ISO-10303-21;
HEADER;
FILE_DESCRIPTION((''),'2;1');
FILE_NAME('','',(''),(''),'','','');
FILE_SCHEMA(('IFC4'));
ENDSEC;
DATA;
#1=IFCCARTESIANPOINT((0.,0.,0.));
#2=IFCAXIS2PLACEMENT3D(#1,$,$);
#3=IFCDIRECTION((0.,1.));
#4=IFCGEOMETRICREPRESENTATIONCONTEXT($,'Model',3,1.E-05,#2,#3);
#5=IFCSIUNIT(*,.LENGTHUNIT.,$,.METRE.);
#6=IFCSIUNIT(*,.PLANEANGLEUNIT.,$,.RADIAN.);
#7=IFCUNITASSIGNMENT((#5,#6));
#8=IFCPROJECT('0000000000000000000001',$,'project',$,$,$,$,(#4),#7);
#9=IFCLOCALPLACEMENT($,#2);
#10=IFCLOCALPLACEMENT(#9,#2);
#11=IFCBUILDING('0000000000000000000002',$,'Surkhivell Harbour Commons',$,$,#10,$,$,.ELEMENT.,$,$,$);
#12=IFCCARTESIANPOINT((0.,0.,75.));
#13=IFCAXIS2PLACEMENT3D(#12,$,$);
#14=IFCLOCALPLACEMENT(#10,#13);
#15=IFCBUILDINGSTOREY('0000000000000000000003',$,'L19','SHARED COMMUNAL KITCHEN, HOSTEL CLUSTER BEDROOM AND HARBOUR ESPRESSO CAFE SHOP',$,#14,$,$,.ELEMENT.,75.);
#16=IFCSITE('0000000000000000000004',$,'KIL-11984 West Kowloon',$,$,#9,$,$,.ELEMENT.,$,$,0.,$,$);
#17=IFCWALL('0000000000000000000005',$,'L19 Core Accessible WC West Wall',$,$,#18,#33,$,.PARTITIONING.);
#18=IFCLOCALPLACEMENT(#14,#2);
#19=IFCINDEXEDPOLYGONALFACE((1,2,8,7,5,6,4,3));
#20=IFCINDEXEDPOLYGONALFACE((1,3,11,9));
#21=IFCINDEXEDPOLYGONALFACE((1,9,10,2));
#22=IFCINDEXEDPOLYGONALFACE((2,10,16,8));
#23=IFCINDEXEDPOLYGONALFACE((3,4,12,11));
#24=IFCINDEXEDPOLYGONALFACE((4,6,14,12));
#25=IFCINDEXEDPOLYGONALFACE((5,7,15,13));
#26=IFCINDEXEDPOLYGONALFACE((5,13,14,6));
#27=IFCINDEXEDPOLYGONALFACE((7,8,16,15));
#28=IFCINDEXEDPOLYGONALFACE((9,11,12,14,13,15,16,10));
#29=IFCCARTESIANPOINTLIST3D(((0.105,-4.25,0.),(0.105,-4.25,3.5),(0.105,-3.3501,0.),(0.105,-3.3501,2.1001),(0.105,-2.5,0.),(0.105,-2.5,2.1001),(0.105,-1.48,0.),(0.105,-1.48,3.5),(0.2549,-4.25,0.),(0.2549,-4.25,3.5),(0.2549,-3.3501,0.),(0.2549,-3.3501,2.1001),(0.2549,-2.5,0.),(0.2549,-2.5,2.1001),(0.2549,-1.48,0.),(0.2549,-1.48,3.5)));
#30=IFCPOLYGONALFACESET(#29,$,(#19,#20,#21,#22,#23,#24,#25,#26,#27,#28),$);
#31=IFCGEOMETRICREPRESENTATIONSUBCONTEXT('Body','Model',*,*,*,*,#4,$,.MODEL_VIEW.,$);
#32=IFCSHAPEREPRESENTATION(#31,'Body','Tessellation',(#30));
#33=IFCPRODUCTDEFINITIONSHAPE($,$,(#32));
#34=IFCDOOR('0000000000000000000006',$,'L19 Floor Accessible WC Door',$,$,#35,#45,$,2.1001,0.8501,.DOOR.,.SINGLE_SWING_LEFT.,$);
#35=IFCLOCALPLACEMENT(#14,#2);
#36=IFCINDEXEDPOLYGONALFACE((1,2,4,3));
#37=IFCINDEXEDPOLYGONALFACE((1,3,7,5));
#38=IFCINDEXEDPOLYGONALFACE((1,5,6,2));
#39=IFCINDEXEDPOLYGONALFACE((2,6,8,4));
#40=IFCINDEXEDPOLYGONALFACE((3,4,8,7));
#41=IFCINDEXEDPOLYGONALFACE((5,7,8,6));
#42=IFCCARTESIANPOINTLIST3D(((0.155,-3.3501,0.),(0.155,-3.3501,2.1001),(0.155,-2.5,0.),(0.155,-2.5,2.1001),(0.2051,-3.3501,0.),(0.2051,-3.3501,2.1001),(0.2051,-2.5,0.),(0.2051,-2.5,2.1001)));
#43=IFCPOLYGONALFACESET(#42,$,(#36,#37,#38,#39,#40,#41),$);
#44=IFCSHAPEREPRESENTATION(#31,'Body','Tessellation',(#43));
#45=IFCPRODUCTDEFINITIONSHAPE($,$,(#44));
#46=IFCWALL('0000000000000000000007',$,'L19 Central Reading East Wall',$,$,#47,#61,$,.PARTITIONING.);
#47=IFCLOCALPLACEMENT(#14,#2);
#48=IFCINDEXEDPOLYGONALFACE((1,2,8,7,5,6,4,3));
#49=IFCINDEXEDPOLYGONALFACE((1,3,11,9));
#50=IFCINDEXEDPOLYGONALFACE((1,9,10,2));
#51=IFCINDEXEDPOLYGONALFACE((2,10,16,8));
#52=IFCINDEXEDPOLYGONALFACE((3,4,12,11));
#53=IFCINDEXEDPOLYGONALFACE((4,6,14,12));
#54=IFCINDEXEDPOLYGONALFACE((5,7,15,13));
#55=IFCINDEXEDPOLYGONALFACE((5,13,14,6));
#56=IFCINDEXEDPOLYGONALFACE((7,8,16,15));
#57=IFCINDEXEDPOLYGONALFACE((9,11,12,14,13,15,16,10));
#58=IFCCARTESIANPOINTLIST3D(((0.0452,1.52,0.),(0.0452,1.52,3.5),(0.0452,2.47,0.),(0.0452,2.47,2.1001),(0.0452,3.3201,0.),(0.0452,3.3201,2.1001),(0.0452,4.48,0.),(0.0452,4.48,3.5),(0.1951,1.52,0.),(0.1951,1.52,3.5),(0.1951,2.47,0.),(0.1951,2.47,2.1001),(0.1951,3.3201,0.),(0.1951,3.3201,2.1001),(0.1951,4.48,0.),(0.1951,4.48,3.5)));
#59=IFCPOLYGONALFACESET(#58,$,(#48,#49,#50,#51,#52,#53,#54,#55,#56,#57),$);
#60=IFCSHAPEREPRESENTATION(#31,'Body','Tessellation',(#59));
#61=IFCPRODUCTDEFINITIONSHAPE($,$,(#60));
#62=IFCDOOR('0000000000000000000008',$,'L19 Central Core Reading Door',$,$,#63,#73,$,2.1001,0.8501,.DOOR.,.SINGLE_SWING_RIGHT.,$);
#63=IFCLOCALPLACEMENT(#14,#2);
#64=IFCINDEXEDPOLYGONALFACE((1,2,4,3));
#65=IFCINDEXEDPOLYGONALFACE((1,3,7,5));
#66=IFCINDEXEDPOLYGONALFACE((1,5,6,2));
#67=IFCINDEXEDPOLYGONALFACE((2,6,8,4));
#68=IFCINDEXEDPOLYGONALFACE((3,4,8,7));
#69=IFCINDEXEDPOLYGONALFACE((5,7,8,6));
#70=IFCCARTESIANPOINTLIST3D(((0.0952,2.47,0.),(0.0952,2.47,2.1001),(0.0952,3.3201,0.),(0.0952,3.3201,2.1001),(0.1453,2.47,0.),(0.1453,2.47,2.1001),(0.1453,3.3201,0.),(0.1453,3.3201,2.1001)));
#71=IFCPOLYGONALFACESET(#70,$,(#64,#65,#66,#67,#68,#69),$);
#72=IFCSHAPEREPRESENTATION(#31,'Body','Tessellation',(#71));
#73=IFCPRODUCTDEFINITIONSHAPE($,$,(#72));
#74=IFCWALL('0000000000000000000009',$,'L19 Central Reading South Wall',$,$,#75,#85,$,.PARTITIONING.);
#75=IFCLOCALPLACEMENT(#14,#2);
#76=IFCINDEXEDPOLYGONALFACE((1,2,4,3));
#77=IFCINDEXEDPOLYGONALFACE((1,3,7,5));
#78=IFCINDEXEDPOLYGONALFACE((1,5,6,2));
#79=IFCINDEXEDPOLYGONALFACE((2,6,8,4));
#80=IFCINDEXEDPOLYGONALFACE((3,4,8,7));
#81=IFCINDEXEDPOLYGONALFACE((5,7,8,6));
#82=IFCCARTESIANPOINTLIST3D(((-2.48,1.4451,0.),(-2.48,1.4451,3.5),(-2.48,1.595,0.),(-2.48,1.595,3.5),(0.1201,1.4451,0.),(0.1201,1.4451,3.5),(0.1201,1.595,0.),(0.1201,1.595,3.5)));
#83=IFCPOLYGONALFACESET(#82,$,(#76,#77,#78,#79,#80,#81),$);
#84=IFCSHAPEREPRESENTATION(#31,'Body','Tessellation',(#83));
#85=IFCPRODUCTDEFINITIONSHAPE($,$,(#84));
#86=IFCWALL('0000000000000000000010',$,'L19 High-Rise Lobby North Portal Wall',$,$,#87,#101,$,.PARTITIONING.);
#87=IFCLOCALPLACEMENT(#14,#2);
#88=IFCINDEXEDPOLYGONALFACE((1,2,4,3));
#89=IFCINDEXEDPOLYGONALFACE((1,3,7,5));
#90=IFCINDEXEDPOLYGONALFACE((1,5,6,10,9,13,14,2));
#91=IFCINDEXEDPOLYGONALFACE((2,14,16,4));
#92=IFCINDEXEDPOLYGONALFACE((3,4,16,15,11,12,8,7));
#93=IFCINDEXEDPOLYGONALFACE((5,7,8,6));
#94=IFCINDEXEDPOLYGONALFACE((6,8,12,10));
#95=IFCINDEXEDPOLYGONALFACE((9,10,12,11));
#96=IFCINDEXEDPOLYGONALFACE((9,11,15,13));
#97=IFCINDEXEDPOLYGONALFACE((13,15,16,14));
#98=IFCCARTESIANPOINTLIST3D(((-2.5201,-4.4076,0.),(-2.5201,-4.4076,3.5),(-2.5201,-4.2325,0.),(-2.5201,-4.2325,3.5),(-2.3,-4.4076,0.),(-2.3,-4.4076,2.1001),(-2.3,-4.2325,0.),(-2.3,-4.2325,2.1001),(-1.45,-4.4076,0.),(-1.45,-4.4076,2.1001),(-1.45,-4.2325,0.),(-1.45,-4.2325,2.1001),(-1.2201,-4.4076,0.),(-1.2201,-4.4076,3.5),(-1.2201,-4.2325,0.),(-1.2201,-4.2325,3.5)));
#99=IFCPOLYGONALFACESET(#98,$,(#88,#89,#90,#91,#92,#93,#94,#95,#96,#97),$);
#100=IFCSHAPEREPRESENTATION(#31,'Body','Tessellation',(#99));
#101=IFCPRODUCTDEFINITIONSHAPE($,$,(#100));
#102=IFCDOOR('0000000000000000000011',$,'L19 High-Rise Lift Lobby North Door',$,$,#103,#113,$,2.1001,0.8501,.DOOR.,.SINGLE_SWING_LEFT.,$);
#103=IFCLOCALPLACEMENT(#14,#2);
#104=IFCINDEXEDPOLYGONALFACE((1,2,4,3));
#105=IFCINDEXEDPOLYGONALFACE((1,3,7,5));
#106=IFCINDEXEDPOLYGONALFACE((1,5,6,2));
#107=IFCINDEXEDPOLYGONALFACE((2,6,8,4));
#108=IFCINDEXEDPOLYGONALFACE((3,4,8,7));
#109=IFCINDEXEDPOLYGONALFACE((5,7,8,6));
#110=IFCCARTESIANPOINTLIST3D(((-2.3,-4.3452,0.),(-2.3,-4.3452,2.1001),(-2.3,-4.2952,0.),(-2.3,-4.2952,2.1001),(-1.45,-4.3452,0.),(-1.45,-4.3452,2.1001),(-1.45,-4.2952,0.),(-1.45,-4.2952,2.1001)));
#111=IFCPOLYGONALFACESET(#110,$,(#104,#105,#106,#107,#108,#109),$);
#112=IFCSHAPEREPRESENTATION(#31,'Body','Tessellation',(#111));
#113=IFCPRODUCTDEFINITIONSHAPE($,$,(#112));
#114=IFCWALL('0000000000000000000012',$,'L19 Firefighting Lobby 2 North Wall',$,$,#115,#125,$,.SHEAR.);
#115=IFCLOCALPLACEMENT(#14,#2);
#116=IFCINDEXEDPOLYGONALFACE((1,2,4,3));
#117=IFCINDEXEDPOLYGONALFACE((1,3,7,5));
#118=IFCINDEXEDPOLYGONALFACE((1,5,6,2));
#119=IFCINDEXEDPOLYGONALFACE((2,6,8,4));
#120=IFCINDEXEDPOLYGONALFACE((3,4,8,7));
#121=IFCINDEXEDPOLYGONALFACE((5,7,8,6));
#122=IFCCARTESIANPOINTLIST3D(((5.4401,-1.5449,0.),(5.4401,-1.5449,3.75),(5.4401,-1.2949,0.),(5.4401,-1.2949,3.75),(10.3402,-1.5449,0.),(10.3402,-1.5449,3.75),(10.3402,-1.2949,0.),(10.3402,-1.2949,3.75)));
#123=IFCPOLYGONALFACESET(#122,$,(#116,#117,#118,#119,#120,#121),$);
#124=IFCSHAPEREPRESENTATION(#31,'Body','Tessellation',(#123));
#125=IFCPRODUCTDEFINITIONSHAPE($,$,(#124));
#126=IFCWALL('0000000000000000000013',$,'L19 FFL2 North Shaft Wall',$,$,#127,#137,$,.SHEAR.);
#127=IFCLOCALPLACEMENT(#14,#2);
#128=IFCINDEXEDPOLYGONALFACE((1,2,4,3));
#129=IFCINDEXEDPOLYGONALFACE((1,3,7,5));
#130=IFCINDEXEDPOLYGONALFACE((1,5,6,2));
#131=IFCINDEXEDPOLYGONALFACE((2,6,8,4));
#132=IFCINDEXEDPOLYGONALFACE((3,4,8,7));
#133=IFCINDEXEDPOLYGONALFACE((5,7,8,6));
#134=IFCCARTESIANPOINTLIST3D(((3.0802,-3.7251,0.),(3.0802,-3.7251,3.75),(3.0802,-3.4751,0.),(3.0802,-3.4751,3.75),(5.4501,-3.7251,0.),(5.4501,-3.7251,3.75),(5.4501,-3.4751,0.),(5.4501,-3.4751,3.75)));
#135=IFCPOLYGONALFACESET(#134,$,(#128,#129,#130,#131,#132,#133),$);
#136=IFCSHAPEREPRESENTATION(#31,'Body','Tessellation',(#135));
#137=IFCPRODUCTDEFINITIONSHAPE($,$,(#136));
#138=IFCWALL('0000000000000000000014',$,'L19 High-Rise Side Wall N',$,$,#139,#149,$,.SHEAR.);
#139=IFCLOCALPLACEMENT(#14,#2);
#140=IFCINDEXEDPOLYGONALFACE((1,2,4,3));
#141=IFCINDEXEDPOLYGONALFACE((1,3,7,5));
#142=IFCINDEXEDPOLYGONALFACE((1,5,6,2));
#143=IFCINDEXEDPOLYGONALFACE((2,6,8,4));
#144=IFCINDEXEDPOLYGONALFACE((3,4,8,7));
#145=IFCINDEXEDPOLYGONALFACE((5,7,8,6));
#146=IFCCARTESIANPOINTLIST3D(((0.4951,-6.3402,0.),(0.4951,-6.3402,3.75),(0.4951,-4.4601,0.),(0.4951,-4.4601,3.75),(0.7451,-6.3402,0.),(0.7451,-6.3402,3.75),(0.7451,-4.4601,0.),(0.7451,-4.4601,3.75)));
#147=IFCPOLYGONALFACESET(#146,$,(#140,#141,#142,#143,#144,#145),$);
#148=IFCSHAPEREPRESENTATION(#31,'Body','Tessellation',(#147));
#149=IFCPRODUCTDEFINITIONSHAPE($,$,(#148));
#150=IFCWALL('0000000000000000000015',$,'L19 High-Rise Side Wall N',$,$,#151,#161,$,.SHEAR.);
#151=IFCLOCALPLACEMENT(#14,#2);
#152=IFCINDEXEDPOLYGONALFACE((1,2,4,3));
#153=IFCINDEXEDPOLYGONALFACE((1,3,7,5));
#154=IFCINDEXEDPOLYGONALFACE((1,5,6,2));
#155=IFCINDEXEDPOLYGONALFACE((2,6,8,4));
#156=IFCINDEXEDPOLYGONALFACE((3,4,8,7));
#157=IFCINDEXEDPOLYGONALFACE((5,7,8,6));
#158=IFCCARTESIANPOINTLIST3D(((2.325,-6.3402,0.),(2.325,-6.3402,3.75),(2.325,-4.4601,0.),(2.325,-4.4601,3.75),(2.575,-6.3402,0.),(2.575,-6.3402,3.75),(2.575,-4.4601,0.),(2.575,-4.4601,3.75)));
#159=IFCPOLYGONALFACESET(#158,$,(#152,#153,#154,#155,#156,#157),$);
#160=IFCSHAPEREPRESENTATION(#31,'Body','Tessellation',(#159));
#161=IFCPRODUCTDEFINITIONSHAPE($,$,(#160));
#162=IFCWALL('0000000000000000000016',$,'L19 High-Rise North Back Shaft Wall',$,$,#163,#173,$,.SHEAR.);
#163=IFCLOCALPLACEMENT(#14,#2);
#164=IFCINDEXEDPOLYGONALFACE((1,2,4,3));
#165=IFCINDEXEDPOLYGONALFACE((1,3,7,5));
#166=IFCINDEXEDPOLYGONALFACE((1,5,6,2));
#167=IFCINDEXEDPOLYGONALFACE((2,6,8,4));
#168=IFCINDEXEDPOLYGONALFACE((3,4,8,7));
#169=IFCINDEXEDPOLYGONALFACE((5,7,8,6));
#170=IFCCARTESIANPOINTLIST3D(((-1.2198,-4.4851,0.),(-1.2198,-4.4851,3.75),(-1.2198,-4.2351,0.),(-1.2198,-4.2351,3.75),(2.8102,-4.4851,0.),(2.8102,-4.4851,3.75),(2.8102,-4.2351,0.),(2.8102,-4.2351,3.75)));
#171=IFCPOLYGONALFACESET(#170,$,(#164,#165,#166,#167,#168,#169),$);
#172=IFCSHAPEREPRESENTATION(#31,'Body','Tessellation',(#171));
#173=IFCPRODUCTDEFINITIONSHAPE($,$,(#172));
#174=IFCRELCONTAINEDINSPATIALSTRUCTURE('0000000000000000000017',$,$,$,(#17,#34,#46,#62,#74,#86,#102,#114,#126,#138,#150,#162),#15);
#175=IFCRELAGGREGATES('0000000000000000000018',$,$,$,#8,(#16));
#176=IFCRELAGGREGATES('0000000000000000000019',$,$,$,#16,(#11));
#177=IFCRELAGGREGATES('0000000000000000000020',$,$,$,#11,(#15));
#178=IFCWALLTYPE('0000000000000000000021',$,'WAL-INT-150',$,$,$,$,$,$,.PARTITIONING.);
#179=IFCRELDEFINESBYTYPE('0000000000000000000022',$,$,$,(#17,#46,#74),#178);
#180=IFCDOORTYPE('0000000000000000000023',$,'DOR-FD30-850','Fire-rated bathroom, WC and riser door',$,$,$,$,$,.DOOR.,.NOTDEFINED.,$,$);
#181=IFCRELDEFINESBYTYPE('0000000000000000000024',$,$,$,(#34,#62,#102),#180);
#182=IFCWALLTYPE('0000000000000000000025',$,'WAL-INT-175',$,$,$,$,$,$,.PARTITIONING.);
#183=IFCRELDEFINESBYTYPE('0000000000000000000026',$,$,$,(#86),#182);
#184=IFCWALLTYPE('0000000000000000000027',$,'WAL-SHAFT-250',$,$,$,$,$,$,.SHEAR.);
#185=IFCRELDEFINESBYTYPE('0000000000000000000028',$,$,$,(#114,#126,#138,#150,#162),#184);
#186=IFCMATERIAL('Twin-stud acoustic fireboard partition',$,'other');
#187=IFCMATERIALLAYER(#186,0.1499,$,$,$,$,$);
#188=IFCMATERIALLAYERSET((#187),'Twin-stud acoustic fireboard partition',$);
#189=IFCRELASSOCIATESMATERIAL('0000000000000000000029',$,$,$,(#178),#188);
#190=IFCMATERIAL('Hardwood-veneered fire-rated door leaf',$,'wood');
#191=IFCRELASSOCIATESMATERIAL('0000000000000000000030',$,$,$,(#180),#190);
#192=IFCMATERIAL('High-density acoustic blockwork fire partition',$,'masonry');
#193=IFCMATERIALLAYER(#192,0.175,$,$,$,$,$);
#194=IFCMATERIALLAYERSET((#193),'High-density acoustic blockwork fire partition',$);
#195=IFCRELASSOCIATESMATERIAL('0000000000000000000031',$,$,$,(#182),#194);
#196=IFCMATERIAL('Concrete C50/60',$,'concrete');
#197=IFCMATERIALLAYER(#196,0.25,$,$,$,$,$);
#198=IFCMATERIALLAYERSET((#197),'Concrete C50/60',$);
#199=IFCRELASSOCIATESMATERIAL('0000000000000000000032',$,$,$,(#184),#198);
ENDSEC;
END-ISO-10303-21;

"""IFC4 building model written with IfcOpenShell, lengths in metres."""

from ifc_helpers import new_model, si_unit, direction, frame, frame_2d, origin, place, context, subcontext, project, spatial, rectangle, extrude, material, layer, layer_set, type_object, element, fill, save


model = new_model("IFC4")

# Units and contexts
model_context = context("Model", 3, precision=1e-05, world=origin(), true_north=direction((0.0, 1.0)))
body_context = subcontext(model_context, "Body", "Model", "MODEL_VIEW")
ifc_project = project(units=[si_unit("LENGTHUNIT", "METRE"), si_unit("PLANEANGLEUNIT", "RADIAN")], contexts=[model_context])

# Site, building, storey
site_placement = place(None, origin())
site = spatial("IfcSite", under=ifc_project, at=site_placement, Name="KIL-11984 West Kowloon", CompositionType="ELEMENT", RefElevation=0.0)
building_placement = place(site_placement, origin())
building = spatial("IfcBuilding", under=site, at=building_placement, Name="Surkhivell Harbour Commons", CompositionType="ELEMENT")
storey_placement = place(building_placement, frame((0.0, 0.0, 75.0)))
storey = spatial("IfcBuildingStorey", under=building, at=storey_placement, Name="L19", Description="SHARED COMMUNAL KITCHEN, HOSTEL CLUSTER BEDROOM AND HARBOUR ESPRESSO CAFE SHOP", CompositionType="ELEMENT", Elevation=75.0)

# Shared definitions
ifc_material_1 = material(Name="Twin-stud acoustic fireboard partition", Category="other")
ifc_layer_1 = layer(ifc_material_1, 0.1499)
ifc_layer_set_1 = layer_set([ifc_layer_1], Name="Twin-stud acoustic fireboard partition")
wall_type_1 = type_object("IfcWallType", Name="WAL-INT-150", PredefinedType="PARTITIONING", material=ifc_layer_set_1)

# Walls, openings, doors
wall_1_placement = place(storey_placement, frame((0.1799, -4.25, 0.0), z_axis=(0.0, 0.0, 1.0), x_axis=(0.0, 1.0, 0.0)))
wall_1 = element("IfcWall", 1, at=wall_1_placement, inside=storey, type_object=wall_type_1, Name="L19 Core Accessible WC West Wall", PredefinedType="PARTITIONING", context=body_context, shape_type="SweptSolid", body=[
    extrude(rectangle(XDim=2.77, YDim=0.1499, at=frame_2d((1.385, 0.0))), origin(), (0.0, 0.0, 1.0), 3.5),
])
opening_1_placement = place(wall_1_placement, frame((0.8999, 0.0, 0.0)))
opening_1 = element("IfcOpeningElement", 2, at=opening_1_placement, cuts=wall_1, PredefinedType="OPENING", context=body_context, shape_type="SweptSolid", body=[
    extrude(rectangle(XDim=0.8501, YDim=2.1001, at=frame_2d((0.425, 1.05))), frame((0.0, 0.085, 0.0), z_axis=(0.0, -1.0, 0.0), x_axis=(1.0, 0.0, 0.0)), (0.0, 0.0, 1.0), 0.1699),
])
ifc_material_2 = material(Name="Hardwood-veneered fire-rated door leaf", Category="wood")
door_type_1 = type_object("IfcDoorType", Name="DOR-FD30-850", Description="Fire-rated bathroom, WC and riser door", OperationType="NOTDEFINED", PredefinedType="DOOR", material=ifc_material_2)
door_1_placement = place(opening_1_placement, origin())
door_1 = element("IfcDoor", 3, at=door_1_placement, inside=storey, type_object=door_type_1, Name="L19 Floor Accessible WC Door", OperationType="SINGLE_SWING_LEFT", OverallHeight=2.1001, OverallWidth=0.8501, PredefinedType="DOOR", context=body_context, shape_type="SweptSolid", body=[
    extrude(rectangle(XDim=0.8501, YDim=2.1001, at=frame_2d((0.425, 1.05))), frame((0.0, 0.0249, 0.0), z_axis=(0.0, -1.0, 0.0), x_axis=(1.0, 0.0, 0.0)), (0.0, 0.0, 1.0), 0.05),
])
fill(opening_1, door_1)
wall_2_placement = place(storey_placement, frame((0.1201, 1.52, 0.0), z_axis=(0.0, 0.0, 1.0), x_axis=(0.0, 1.0, 0.0)))
wall_2 = element("IfcWall", 4, at=wall_2_placement, inside=storey, type_object=wall_type_1, Name="L19 Central Reading East Wall", PredefinedType="PARTITIONING", context=body_context, shape_type="SweptSolid", body=[
    extrude(rectangle(XDim=2.96, YDim=0.1499, at=frame_2d((1.48, 0.0))), origin(), (0.0, 0.0, 1.0), 3.5),
])
opening_2_placement = place(wall_2_placement, frame((0.95, 0.0, 0.0)))
opening_2 = element("IfcOpeningElement", 5, at=opening_2_placement, cuts=wall_2, PredefinedType="OPENING", context=body_context, shape_type="SweptSolid", body=[
    extrude(rectangle(XDim=0.8501, YDim=2.1001, at=frame_2d((0.425, 1.05))), frame((0.0, 0.085, 0.0), z_axis=(0.0, -1.0, 0.0), x_axis=(1.0, 0.0, 0.0)), (0.0, 0.0, 1.0), 0.1699),
])
door_2_placement = place(opening_2_placement, origin())
door_2 = element("IfcDoor", 6, at=door_2_placement, inside=storey, type_object=door_type_1, Name="L19 Central Core Reading Door", OperationType="SINGLE_SWING_RIGHT", OverallHeight=2.1001, OverallWidth=0.8501, PredefinedType="DOOR", context=body_context, shape_type="SweptSolid", body=[
    extrude(rectangle(XDim=0.8501, YDim=2.1001, at=frame_2d((0.425, 1.05))), frame((0.0, 0.0249, 0.0), z_axis=(0.0, -1.0, 0.0), x_axis=(1.0, 0.0, 0.0)), (0.0, 0.0, 1.0), 0.05),
])
fill(opening_2, door_2)

# Wall
wall_3_placement = place(storey_placement, frame((-2.48, 1.52, 0.0), z_axis=(0.0, 0.0, 1.0), x_axis=(1.0, 0.0, 0.0)))
element("IfcWall", 7, at=wall_3_placement, inside=storey, type_object=wall_type_1, Name="L19 Central Reading South Wall", PredefinedType="PARTITIONING", context=body_context, shape_type="SweptSolid", body=[
    extrude(rectangle(XDim=2.6001, YDim=0.1499, at=frame_2d((1.3, 0.0))), origin(), (0.0, 0.0, 1.0), 3.5),
])

# Wall, opening, door
ifc_material_3 = material(Name="High-density acoustic blockwork fire partition", Category="masonry")
ifc_layer_2 = layer(ifc_material_3, 0.175)
ifc_layer_set_2 = layer_set([ifc_layer_2], Name="High-density acoustic blockwork fire partition")
wall_type_2 = type_object("IfcWallType", Name="WAL-INT-175", PredefinedType="PARTITIONING", material=ifc_layer_set_2)
wall_4_placement = place(storey_placement, frame((-2.52, -4.3201, 0.0), z_axis=(0.0, 0.0, 1.0), x_axis=(1.0, 0.0, 0.0)))
wall_4 = element("IfcWall", 8, at=wall_4_placement, inside=storey, type_object=wall_type_2, Name="L19 High-Rise Lobby North Portal Wall", PredefinedType="PARTITIONING", context=body_context, shape_type="SweptSolid", body=[
    extrude(rectangle(XDim=1.3, YDim=0.175, at=frame_2d((0.6499, 0.0))), origin(), (0.0, 0.0, 1.0), 3.5),
])
opening_3_placement = place(wall_4_placement, frame((0.22, 0.0, 0.0)))
opening_3 = element("IfcOpeningElement", 9, at=opening_3_placement, cuts=wall_4, PredefinedType="OPENING", context=body_context, shape_type="SweptSolid", body=[
    extrude(rectangle(XDim=0.8501, YDim=2.1001, at=frame_2d((0.425, 1.05))), frame((0.0, 0.0974, 0.0), z_axis=(0.0, -1.0, 0.0), x_axis=(1.0, 0.0, 0.0)), (0.0, 0.0, 1.0), 0.1951),
])
door_3_placement = place(opening_3_placement, origin())
door_3 = element("IfcDoor", 10, at=door_3_placement, inside=storey, type_object=door_type_1, Name="L19 High-Rise Lift Lobby North Door", OperationType="SINGLE_SWING_LEFT", OverallHeight=2.1001, OverallWidth=0.8501, PredefinedType="DOOR", context=body_context, shape_type="SweptSolid", body=[
    extrude(rectangle(XDim=0.8501, YDim=2.1001, at=frame_2d((0.425, 1.05))), frame((0.0, 0.0249, 0.0), z_axis=(0.0, -1.0, 0.0), x_axis=(1.0, 0.0, 0.0)), (0.0, 0.0, 1.0), 0.05),
])
fill(opening_3, door_3)

# Walls
ifc_material_4 = material(Name="Concrete C50/60", Category="concrete")
ifc_layer_3 = layer(ifc_material_4, 0.25)
ifc_layer_set_3 = layer_set([ifc_layer_3], Name="Concrete C50/60")
wall_type_3 = type_object("IfcWallType", Name="WAL-SHAFT-250", PredefinedType="SHEAR", material=ifc_layer_set_3)
wall_5_placement = place(storey_placement, frame((5.4399, -1.4199, 0.0), z_axis=(0.0, 0.0, 1.0), x_axis=(1.0, 0.0, 0.0)))
element("IfcWall", 11, at=wall_5_placement, inside=storey, type_object=wall_type_3, Name="L19 Firefighting Lobby 2 North Wall", PredefinedType="SHEAR", context=body_context, shape_type="SweptSolid", body=[
    extrude(rectangle(XDim=4.9001, YDim=0.25, at=frame_2d((2.4502, 0.0))), origin(), (0.0, 0.0, 1.0), 3.75),
])
wall_6_placement = place(storey_placement, frame((3.0801, -3.6001, 0.0), z_axis=(0.0, 0.0, 1.0), x_axis=(1.0, 0.0, 0.0)))
element("IfcWall", 12, at=wall_6_placement, inside=storey, type_object=wall_type_3, Name="L19 FFL2 North Shaft Wall", PredefinedType="SHEAR", context=body_context, shape_type="SweptSolid", body=[
    extrude(rectangle(XDim=2.3699, YDim=0.25, at=frame_2d((1.1851, 0.0))), origin(), (0.0, 0.0, 1.0), 3.75),
])
for number, where, z_axis, x_axis, name in (
    (13, (0.6201, -6.3401, 0.0), (0.0, 0.0, 1.0), (0.0, 1.0, 0.0), "L19 High-Rise Side Wall N"),
    (14, (2.45, -6.3401, 0.0), (0.0, 0.0, 1.0), (0.0, 1.0, 0.0), "L19 High-Rise Side Wall N"),
):
    element("IfcWall", number, at=place(storey_placement, frame(where, z_axis=z_axis, x_axis=x_axis)), inside=storey, type_object=wall_type_3, Name=name, PredefinedType="SHEAR", context=body_context, shape_type="SweptSolid", body=[
        extrude(rectangle(XDim=1.8801, YDim=0.25, at=frame_2d((0.9399, 0.0))), origin(), (0.0, 0.0, 1.0), 3.75),
    ])
wall_7_placement = place(storey_placement, frame((-1.22, -4.3601, 0.0), z_axis=(0.0, 0.0, 1.0), x_axis=(1.0, 0.0, 0.0)))
element("IfcWall", 15, at=wall_7_placement, inside=storey, type_object=wall_type_3, Name="L19 High-Rise North Back Shaft Wall", PredefinedType="SHEAR", context=body_context, shape_type="SweptSolid", body=[
    extrude(rectangle(XDim=4.03, YDim=0.25, at=frame_2d((2.0151, 0.0))), origin(), (0.0, 0.0, 1.0), 3.75),
])

save(model, "model.ifc")
